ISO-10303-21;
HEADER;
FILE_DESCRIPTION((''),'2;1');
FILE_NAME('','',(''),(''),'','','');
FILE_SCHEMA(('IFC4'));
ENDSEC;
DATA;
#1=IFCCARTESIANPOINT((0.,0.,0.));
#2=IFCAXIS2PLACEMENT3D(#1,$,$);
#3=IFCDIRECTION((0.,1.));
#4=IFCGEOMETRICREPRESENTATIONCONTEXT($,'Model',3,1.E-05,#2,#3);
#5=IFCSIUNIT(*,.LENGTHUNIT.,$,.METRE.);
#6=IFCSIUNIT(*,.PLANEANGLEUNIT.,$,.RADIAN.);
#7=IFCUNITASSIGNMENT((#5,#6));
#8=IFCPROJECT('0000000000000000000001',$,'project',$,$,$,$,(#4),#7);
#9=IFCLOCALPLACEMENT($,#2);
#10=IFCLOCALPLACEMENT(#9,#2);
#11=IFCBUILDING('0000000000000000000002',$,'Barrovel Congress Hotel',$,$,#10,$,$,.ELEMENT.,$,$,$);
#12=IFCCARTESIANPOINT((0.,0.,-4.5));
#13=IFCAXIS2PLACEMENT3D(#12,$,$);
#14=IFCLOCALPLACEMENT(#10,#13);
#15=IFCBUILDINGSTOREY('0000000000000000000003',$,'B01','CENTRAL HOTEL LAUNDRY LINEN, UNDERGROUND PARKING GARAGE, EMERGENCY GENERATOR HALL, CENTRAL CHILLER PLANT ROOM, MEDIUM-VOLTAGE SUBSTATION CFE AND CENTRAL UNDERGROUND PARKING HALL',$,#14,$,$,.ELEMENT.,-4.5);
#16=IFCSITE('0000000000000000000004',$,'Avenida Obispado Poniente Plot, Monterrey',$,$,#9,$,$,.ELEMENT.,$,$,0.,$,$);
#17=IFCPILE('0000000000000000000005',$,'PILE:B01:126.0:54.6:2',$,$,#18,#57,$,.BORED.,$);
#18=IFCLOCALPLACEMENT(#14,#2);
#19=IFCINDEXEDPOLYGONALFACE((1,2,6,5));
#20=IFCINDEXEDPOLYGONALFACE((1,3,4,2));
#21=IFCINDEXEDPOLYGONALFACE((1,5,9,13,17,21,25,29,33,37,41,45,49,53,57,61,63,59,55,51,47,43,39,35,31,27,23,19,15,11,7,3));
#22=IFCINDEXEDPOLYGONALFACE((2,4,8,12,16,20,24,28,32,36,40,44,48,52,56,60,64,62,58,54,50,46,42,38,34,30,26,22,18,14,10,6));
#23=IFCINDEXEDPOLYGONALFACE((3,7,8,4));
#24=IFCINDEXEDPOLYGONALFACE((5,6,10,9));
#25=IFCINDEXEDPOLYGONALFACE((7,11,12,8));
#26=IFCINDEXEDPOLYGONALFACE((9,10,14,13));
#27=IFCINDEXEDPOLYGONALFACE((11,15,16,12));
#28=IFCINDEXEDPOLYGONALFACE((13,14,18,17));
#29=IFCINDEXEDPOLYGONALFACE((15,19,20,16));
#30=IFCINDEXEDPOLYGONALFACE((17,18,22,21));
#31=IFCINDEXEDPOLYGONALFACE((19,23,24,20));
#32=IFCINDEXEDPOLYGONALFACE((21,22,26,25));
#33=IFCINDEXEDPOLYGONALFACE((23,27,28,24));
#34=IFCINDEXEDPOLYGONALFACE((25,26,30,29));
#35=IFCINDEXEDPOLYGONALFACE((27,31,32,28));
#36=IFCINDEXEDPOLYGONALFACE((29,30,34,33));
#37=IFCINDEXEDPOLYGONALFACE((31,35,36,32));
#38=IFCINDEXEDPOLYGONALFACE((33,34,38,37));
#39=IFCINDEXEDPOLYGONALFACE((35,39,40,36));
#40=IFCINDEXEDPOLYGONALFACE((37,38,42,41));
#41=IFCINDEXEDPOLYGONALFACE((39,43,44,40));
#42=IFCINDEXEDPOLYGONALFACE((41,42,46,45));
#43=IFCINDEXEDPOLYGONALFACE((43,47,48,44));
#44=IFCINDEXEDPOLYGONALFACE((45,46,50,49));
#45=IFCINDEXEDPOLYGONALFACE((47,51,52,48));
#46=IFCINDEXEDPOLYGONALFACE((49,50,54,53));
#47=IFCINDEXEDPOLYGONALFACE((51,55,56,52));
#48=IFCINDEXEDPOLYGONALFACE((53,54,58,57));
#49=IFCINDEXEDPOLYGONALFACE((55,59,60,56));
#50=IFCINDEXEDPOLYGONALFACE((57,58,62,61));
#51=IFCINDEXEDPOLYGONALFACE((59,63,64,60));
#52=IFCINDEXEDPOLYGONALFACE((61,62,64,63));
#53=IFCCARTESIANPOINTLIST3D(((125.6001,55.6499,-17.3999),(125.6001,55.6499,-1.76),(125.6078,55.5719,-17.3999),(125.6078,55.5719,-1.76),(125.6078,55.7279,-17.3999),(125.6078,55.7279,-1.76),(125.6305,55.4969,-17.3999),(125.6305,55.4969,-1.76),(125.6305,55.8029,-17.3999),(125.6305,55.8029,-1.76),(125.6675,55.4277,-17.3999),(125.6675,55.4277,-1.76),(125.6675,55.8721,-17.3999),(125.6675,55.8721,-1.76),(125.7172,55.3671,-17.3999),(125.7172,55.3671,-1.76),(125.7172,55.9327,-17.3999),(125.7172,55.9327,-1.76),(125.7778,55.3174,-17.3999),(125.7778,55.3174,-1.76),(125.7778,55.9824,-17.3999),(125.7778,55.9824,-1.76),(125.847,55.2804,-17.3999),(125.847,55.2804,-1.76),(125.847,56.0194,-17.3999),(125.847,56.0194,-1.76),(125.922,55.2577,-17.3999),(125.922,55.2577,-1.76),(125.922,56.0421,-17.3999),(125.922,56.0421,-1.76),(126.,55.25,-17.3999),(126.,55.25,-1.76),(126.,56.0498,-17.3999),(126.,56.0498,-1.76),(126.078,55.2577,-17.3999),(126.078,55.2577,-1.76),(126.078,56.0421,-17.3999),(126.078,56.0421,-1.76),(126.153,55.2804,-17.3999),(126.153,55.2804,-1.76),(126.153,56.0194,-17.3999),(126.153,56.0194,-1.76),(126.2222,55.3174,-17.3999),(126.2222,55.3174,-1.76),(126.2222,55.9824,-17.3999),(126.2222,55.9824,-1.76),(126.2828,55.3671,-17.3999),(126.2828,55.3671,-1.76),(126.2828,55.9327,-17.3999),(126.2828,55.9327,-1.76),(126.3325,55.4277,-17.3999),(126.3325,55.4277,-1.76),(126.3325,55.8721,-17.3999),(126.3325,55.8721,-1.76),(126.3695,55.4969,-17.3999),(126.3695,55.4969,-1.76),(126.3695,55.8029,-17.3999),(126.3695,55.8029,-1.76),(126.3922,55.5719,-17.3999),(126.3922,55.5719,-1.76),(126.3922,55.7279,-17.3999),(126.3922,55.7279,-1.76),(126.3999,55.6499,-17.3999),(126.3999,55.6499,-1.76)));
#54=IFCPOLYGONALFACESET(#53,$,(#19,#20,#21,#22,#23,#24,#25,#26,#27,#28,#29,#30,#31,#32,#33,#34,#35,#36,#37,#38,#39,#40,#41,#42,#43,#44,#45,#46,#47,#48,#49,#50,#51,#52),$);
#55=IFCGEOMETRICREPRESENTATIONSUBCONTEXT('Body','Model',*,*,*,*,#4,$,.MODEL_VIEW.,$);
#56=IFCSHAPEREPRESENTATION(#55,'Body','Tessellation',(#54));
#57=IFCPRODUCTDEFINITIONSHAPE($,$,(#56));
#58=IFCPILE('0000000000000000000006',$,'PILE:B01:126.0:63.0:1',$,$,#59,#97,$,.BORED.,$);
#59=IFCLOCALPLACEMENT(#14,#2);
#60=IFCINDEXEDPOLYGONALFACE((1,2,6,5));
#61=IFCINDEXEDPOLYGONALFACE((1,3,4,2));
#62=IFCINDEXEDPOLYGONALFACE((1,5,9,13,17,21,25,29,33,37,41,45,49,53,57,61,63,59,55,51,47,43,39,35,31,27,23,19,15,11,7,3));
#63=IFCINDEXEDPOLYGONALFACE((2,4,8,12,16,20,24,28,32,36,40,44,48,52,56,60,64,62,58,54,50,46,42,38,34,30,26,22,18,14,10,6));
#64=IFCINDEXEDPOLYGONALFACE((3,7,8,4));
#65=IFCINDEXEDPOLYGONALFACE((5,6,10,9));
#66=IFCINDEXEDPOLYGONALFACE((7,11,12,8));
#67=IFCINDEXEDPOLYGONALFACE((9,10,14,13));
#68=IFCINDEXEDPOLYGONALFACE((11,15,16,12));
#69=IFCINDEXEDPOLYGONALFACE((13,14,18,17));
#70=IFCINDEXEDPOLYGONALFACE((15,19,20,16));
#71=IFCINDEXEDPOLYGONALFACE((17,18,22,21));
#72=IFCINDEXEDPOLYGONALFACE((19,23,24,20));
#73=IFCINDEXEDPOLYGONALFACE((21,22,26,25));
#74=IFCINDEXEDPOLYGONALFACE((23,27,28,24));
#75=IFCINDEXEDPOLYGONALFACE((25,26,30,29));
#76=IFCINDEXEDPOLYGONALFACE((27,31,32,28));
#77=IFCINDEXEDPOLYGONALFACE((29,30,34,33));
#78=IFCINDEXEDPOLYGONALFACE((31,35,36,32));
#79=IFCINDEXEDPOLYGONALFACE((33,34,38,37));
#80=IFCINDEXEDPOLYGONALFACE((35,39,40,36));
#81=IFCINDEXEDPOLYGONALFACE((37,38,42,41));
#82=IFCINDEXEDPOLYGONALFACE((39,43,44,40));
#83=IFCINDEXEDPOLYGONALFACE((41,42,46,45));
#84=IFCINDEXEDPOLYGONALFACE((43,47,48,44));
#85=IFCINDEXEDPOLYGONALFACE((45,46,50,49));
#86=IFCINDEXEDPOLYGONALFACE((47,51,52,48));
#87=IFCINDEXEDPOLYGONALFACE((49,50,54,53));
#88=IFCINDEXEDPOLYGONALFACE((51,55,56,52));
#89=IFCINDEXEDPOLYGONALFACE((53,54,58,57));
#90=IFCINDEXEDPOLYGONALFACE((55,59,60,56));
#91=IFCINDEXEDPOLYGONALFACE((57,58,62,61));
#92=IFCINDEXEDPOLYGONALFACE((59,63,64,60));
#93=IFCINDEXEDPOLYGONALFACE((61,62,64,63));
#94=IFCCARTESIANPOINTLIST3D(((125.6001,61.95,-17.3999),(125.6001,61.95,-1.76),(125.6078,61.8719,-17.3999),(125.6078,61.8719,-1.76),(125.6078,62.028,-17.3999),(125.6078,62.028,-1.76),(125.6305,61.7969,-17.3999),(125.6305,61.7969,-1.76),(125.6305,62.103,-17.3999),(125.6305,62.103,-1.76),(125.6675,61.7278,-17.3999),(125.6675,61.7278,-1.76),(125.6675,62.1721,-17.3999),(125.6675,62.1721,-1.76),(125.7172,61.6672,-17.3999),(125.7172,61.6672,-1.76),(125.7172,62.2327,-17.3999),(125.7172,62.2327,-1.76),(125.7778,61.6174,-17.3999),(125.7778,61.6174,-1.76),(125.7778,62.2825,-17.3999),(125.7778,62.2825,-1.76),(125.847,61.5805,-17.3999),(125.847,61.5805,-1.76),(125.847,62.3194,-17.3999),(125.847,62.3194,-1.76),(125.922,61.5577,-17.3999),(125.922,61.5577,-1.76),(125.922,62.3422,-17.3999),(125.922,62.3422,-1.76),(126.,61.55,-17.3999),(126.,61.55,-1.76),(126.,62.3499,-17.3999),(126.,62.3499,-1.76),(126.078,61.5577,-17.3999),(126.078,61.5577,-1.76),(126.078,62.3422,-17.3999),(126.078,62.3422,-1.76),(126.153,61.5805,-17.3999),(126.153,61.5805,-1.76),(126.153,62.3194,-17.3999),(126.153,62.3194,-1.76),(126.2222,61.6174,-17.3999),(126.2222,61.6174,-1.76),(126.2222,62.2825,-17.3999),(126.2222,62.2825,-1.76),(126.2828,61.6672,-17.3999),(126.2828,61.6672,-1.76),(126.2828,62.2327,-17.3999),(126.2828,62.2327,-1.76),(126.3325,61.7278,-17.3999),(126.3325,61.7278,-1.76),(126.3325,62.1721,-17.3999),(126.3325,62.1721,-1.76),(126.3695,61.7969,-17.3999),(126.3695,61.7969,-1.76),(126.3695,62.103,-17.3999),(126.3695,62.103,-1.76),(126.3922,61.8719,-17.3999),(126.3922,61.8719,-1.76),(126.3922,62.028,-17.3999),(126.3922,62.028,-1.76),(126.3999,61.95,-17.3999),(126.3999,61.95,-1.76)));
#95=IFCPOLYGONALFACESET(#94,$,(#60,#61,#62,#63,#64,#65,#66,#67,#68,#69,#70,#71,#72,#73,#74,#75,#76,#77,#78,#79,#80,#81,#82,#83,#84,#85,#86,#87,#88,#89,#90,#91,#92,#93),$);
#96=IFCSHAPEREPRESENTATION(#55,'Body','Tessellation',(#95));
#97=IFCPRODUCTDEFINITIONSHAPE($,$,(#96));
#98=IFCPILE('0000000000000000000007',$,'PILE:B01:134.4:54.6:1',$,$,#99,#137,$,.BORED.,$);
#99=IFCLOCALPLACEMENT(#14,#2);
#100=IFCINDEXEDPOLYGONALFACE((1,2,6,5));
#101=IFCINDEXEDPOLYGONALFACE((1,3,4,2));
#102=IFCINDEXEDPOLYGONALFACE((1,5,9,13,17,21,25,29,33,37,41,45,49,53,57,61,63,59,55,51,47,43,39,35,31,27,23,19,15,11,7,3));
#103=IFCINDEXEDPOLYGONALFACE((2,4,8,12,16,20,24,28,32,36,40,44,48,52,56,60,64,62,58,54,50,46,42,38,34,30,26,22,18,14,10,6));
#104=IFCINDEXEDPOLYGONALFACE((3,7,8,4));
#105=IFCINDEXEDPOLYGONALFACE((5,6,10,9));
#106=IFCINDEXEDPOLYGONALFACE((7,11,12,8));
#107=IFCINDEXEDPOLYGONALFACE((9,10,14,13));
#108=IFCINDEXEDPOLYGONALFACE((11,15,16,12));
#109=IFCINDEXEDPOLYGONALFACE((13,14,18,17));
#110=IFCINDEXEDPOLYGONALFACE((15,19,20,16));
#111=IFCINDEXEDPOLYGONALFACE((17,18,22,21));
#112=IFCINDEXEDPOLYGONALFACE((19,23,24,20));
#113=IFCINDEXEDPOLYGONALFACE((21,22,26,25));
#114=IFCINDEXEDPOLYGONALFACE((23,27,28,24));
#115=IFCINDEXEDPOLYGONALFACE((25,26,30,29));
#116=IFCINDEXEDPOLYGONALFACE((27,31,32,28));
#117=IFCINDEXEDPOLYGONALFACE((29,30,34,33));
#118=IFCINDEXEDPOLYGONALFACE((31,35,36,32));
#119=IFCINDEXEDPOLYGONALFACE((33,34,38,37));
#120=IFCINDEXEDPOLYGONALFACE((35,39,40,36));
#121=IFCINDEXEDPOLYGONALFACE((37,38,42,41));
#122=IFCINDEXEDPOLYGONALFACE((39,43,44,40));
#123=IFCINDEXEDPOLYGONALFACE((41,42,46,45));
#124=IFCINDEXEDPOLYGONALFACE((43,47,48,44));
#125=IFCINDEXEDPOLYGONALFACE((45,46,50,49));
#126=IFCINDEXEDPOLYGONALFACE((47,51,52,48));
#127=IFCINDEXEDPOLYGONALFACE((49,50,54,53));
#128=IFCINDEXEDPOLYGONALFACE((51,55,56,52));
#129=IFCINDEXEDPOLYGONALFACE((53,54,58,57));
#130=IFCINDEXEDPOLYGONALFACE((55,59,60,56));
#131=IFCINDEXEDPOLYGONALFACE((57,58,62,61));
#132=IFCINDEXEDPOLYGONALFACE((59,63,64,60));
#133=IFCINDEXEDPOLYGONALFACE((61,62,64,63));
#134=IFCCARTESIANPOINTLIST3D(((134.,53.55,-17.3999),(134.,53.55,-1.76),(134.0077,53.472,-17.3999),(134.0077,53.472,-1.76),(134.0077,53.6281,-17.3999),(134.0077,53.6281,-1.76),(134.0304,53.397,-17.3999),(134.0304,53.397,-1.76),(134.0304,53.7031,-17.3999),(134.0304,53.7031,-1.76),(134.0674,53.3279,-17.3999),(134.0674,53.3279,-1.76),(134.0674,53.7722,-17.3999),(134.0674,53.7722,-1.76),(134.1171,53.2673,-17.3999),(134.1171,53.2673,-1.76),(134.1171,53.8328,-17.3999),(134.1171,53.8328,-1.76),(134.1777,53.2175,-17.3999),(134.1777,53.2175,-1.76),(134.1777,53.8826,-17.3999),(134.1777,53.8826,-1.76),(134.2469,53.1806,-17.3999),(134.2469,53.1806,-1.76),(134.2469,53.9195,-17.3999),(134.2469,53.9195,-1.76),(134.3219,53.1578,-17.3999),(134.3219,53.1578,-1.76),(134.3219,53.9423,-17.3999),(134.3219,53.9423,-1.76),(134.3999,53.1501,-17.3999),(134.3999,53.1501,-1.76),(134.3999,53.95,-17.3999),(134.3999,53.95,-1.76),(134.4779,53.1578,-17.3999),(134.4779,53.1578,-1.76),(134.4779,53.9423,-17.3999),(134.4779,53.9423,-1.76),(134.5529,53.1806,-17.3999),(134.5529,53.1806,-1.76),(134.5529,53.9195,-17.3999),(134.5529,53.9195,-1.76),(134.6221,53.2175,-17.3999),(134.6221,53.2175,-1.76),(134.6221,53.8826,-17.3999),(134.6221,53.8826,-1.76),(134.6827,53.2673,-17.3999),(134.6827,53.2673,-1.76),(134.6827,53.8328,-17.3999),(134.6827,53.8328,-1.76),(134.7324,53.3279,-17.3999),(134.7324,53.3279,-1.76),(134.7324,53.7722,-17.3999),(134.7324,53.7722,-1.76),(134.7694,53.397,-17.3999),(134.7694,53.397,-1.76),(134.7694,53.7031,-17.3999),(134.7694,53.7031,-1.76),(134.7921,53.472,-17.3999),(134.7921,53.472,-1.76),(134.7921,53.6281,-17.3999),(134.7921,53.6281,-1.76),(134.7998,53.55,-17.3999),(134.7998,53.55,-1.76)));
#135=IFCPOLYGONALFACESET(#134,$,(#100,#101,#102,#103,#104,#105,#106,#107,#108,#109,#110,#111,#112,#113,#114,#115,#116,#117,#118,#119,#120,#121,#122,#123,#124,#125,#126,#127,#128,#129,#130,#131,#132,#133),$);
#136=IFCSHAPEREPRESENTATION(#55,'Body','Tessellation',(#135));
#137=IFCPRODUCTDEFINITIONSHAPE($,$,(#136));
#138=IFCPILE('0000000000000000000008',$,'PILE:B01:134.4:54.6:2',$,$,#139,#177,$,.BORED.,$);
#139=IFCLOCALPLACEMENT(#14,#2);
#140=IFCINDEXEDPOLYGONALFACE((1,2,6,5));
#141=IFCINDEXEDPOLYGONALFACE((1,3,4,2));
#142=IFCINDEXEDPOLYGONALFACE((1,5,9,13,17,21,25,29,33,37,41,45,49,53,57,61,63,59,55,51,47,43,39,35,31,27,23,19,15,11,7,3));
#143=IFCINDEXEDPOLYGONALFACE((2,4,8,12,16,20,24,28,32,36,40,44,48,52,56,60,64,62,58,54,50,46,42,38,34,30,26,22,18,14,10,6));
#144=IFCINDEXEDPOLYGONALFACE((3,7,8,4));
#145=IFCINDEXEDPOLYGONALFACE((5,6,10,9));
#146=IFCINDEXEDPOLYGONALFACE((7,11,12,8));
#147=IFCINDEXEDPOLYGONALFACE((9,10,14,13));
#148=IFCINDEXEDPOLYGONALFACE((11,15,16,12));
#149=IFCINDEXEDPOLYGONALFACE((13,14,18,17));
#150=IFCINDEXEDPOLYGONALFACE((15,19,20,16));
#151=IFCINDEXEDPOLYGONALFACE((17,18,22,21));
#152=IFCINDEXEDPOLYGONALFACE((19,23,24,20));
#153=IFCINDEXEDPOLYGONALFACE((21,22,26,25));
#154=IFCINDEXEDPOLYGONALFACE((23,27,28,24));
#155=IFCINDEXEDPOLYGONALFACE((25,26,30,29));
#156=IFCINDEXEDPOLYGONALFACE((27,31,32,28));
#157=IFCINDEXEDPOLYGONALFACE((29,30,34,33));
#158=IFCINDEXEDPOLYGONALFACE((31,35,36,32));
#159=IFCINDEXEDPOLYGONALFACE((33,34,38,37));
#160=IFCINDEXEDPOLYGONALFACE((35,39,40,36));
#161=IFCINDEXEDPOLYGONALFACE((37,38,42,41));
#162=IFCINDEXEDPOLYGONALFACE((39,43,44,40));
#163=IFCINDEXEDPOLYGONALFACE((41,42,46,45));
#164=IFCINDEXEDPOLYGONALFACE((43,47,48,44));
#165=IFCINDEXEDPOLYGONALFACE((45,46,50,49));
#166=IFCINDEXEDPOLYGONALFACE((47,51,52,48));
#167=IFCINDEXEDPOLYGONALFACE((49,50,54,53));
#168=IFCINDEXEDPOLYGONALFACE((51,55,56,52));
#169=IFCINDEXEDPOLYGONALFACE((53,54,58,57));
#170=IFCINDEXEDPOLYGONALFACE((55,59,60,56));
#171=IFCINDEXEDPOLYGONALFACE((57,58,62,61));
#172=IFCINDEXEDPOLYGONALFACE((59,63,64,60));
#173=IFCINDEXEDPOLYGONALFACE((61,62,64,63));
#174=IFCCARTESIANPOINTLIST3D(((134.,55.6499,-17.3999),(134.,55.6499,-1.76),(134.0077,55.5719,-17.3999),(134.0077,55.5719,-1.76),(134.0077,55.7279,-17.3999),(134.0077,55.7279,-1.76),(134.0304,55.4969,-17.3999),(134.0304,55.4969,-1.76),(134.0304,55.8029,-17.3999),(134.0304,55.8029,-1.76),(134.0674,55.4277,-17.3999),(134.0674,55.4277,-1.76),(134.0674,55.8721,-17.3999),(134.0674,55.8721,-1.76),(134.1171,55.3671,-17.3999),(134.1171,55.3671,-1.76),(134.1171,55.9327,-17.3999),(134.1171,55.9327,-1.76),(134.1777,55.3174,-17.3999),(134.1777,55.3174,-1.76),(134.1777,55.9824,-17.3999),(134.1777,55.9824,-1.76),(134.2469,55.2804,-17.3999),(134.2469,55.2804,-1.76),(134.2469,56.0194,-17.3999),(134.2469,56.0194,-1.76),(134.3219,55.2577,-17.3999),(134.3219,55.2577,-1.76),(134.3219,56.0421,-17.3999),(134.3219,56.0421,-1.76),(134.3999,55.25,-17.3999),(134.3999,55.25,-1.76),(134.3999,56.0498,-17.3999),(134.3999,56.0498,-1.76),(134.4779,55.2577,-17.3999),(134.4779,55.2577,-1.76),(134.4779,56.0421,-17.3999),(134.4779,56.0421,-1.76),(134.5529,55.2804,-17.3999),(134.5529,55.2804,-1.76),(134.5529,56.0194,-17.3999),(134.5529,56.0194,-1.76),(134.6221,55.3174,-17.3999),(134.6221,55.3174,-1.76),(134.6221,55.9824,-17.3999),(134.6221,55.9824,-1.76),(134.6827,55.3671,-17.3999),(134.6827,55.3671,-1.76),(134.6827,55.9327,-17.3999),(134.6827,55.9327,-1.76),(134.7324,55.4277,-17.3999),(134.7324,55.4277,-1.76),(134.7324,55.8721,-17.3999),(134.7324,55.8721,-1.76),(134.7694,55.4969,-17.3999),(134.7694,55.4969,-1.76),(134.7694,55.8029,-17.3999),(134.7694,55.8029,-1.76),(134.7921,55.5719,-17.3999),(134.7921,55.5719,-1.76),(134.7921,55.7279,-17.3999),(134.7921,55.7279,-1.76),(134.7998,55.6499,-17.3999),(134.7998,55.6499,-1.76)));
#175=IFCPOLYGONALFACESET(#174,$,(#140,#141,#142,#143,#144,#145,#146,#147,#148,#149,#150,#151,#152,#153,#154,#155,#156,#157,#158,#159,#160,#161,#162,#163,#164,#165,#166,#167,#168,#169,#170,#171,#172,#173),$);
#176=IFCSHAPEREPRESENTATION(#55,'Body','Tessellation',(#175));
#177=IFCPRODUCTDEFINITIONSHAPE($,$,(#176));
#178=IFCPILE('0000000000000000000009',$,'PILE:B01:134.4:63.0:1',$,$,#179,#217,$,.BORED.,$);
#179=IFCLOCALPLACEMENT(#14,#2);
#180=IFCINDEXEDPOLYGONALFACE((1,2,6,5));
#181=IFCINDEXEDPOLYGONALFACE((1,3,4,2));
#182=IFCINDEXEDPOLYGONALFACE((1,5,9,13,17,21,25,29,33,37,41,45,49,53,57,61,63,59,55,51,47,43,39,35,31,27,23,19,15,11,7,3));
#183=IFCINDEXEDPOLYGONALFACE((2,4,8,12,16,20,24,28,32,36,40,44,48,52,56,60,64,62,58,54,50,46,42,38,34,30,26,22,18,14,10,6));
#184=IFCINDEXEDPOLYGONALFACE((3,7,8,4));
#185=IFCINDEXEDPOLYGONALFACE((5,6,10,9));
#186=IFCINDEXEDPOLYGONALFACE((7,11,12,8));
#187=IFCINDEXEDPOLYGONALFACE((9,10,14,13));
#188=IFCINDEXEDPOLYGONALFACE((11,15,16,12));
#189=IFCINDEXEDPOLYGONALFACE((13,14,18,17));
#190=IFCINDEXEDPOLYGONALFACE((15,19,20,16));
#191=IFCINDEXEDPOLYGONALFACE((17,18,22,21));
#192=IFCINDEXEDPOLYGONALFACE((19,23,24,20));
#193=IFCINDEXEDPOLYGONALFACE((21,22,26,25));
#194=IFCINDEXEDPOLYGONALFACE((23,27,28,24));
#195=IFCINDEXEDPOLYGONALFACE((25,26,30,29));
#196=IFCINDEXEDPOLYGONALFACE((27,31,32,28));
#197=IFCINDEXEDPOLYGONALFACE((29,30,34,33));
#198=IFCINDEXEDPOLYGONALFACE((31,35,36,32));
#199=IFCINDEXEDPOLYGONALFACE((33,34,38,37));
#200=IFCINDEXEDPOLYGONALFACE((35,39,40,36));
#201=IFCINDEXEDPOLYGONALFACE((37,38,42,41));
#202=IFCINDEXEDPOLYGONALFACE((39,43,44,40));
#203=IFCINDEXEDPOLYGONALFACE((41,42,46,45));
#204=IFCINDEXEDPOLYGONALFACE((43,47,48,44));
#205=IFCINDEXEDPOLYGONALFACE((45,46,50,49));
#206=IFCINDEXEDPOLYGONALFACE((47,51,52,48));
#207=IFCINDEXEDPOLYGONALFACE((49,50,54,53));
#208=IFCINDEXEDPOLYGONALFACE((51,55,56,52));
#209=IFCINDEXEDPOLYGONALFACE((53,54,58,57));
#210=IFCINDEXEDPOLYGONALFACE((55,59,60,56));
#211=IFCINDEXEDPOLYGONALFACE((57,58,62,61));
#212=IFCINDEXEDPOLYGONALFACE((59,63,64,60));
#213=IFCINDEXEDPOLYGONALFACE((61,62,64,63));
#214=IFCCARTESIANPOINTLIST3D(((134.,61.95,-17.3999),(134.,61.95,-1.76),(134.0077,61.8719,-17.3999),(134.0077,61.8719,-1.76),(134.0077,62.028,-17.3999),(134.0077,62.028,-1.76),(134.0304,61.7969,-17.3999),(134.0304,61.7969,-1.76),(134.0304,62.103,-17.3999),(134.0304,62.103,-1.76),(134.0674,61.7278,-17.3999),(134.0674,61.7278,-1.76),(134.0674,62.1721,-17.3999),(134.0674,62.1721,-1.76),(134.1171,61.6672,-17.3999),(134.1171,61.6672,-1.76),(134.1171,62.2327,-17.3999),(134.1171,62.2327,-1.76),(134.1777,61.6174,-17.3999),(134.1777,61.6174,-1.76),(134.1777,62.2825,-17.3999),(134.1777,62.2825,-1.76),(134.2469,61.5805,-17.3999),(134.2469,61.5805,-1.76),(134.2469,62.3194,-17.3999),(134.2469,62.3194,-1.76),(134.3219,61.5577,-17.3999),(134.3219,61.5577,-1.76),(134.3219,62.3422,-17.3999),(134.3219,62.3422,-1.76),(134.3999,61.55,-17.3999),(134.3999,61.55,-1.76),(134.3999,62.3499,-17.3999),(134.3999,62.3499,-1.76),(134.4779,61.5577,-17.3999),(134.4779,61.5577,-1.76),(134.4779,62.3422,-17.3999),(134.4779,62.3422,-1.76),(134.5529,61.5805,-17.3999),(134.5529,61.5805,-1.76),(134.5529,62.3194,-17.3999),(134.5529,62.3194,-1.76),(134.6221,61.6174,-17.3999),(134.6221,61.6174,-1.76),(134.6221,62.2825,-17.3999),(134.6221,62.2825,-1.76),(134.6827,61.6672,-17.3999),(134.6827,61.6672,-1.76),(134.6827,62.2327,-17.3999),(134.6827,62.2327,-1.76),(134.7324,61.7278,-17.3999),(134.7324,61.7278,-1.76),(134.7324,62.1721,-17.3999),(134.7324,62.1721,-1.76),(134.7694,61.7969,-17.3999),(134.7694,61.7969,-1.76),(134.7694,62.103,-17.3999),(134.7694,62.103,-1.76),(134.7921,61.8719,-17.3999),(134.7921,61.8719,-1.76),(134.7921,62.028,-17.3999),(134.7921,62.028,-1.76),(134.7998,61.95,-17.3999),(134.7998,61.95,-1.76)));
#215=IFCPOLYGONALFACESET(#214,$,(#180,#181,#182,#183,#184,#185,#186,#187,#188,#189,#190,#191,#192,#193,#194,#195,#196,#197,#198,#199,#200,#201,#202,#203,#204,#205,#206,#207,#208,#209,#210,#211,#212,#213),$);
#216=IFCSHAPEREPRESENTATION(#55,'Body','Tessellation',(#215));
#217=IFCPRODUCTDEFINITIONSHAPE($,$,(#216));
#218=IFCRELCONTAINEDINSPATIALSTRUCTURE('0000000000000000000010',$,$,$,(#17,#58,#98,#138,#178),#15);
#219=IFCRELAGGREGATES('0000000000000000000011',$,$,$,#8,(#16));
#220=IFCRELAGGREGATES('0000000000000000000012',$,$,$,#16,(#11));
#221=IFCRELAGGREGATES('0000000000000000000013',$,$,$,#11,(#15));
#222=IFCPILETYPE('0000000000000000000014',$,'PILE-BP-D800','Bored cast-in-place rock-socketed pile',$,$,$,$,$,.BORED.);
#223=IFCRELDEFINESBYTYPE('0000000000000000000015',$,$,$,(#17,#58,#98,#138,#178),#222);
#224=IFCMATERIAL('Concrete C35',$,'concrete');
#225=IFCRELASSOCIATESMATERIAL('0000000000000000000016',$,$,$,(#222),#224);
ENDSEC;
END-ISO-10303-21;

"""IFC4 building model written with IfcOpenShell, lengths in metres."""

from ifc_helpers import new_model, si_unit, direction, frame, origin, origin_2d, place, context, subcontext, project, spatial, circle, extrude, material, material_profile, profile_set, type_object, element, save


model = new_model("IFC4")

# Units and contexts
model_context = context("Model", 3, precision=1e-05, world=origin(), true_north=direction((0.0, 1.0)))
body_context = subcontext(model_context, "Body", "Model", "MODEL_VIEW")
ifc_project = project(units=[si_unit("LENGTHUNIT", "METRE"), si_unit("PLANEANGLEUNIT", "RADIAN")], contexts=[model_context])

# Site, building, storey
site_placement = place(None, origin())
site = spatial("IfcSite", under=ifc_project, at=site_placement, Name="Avenida Obispado Poniente Plot, Monterrey", CompositionType="ELEMENT", RefElevation=0.0)
building_placement = place(site_placement, origin())
building = spatial("IfcBuilding", under=site, at=building_placement, Name="Barrovel Congress Hotel", CompositionType="ELEMENT")
storey_placement = place(building_placement, frame((0.0, 0.0, -4.5)))
storey = spatial("IfcBuildingStorey", under=building, at=storey_placement, Name="B01", Description="CENTRAL HOTEL LAUNDRY LINEN, UNDERGROUND PARKING GARAGE, EMERGENCY GENERATOR HALL, CENTRAL CHILLER PLANT ROOM, MEDIUM-VOLTAGE SUBSTATION CFE AND CENTRAL UNDERGROUND PARKING HALL", CompositionType="ELEMENT", Elevation=-4.5)

# Piles
ifc_material_1 = material(Name="Concrete C35", Category="concrete")
ifc_material_profile_1 = material_profile(ifc_material_1, circle(Radius=0.3999, at=origin_2d()), Name="BP-D800")
ifc_profile_set_1 = profile_set([ifc_material_profile_1], Name="Concrete C35")
pile_type_1 = type_object("IfcPileType", Name="PILE-BP-D800", Description="Bored cast-in-place rock-socketed pile", PredefinedType="BORED", material=ifc_profile_set_1)
for number, where, z_axis, x_axis, name in (
    (1, (126.0, 55.6499, -1.76), (0.0, 0.0, -1.0), (1.0, 0.0, 0.0), "PILE:B01:126.0:54.6:2"),
    (2, (126.0, 61.95, -1.76), (0.0, 0.0, -1.0), (1.0, 0.0, 0.0), "PILE:B01:126.0:63.0:1"),
    (3, (134.3999, 53.55, -1.76), (0.0, 0.0, -1.0), (1.0, 0.0, 0.0), "PILE:B01:134.4:54.6:1"),
    (4, (134.3999, 55.6499, -1.76), (0.0, 0.0, -1.0), (1.0, 0.0, 0.0), "PILE:B01:134.4:54.6:2"),
    (5, (134.3999, 61.95, -1.76), (0.0, 0.0, -1.0), (1.0, 0.0, 0.0), "PILE:B01:134.4:63.0:1"),
):
    element("IfcPile", number, at=place(storey_placement, frame(where, z_axis=z_axis, x_axis=x_axis)), inside=storey, type_object=pile_type_1, Name=name, PredefinedType="BORED", context=body_context, shape_type="SweptSolid", body=[
        extrude(circle(Radius=0.3999, at=origin_2d()), origin(), (0.0, 0.0, 1.0), 15.6399),
    ])

save(model, "model.ifc")
